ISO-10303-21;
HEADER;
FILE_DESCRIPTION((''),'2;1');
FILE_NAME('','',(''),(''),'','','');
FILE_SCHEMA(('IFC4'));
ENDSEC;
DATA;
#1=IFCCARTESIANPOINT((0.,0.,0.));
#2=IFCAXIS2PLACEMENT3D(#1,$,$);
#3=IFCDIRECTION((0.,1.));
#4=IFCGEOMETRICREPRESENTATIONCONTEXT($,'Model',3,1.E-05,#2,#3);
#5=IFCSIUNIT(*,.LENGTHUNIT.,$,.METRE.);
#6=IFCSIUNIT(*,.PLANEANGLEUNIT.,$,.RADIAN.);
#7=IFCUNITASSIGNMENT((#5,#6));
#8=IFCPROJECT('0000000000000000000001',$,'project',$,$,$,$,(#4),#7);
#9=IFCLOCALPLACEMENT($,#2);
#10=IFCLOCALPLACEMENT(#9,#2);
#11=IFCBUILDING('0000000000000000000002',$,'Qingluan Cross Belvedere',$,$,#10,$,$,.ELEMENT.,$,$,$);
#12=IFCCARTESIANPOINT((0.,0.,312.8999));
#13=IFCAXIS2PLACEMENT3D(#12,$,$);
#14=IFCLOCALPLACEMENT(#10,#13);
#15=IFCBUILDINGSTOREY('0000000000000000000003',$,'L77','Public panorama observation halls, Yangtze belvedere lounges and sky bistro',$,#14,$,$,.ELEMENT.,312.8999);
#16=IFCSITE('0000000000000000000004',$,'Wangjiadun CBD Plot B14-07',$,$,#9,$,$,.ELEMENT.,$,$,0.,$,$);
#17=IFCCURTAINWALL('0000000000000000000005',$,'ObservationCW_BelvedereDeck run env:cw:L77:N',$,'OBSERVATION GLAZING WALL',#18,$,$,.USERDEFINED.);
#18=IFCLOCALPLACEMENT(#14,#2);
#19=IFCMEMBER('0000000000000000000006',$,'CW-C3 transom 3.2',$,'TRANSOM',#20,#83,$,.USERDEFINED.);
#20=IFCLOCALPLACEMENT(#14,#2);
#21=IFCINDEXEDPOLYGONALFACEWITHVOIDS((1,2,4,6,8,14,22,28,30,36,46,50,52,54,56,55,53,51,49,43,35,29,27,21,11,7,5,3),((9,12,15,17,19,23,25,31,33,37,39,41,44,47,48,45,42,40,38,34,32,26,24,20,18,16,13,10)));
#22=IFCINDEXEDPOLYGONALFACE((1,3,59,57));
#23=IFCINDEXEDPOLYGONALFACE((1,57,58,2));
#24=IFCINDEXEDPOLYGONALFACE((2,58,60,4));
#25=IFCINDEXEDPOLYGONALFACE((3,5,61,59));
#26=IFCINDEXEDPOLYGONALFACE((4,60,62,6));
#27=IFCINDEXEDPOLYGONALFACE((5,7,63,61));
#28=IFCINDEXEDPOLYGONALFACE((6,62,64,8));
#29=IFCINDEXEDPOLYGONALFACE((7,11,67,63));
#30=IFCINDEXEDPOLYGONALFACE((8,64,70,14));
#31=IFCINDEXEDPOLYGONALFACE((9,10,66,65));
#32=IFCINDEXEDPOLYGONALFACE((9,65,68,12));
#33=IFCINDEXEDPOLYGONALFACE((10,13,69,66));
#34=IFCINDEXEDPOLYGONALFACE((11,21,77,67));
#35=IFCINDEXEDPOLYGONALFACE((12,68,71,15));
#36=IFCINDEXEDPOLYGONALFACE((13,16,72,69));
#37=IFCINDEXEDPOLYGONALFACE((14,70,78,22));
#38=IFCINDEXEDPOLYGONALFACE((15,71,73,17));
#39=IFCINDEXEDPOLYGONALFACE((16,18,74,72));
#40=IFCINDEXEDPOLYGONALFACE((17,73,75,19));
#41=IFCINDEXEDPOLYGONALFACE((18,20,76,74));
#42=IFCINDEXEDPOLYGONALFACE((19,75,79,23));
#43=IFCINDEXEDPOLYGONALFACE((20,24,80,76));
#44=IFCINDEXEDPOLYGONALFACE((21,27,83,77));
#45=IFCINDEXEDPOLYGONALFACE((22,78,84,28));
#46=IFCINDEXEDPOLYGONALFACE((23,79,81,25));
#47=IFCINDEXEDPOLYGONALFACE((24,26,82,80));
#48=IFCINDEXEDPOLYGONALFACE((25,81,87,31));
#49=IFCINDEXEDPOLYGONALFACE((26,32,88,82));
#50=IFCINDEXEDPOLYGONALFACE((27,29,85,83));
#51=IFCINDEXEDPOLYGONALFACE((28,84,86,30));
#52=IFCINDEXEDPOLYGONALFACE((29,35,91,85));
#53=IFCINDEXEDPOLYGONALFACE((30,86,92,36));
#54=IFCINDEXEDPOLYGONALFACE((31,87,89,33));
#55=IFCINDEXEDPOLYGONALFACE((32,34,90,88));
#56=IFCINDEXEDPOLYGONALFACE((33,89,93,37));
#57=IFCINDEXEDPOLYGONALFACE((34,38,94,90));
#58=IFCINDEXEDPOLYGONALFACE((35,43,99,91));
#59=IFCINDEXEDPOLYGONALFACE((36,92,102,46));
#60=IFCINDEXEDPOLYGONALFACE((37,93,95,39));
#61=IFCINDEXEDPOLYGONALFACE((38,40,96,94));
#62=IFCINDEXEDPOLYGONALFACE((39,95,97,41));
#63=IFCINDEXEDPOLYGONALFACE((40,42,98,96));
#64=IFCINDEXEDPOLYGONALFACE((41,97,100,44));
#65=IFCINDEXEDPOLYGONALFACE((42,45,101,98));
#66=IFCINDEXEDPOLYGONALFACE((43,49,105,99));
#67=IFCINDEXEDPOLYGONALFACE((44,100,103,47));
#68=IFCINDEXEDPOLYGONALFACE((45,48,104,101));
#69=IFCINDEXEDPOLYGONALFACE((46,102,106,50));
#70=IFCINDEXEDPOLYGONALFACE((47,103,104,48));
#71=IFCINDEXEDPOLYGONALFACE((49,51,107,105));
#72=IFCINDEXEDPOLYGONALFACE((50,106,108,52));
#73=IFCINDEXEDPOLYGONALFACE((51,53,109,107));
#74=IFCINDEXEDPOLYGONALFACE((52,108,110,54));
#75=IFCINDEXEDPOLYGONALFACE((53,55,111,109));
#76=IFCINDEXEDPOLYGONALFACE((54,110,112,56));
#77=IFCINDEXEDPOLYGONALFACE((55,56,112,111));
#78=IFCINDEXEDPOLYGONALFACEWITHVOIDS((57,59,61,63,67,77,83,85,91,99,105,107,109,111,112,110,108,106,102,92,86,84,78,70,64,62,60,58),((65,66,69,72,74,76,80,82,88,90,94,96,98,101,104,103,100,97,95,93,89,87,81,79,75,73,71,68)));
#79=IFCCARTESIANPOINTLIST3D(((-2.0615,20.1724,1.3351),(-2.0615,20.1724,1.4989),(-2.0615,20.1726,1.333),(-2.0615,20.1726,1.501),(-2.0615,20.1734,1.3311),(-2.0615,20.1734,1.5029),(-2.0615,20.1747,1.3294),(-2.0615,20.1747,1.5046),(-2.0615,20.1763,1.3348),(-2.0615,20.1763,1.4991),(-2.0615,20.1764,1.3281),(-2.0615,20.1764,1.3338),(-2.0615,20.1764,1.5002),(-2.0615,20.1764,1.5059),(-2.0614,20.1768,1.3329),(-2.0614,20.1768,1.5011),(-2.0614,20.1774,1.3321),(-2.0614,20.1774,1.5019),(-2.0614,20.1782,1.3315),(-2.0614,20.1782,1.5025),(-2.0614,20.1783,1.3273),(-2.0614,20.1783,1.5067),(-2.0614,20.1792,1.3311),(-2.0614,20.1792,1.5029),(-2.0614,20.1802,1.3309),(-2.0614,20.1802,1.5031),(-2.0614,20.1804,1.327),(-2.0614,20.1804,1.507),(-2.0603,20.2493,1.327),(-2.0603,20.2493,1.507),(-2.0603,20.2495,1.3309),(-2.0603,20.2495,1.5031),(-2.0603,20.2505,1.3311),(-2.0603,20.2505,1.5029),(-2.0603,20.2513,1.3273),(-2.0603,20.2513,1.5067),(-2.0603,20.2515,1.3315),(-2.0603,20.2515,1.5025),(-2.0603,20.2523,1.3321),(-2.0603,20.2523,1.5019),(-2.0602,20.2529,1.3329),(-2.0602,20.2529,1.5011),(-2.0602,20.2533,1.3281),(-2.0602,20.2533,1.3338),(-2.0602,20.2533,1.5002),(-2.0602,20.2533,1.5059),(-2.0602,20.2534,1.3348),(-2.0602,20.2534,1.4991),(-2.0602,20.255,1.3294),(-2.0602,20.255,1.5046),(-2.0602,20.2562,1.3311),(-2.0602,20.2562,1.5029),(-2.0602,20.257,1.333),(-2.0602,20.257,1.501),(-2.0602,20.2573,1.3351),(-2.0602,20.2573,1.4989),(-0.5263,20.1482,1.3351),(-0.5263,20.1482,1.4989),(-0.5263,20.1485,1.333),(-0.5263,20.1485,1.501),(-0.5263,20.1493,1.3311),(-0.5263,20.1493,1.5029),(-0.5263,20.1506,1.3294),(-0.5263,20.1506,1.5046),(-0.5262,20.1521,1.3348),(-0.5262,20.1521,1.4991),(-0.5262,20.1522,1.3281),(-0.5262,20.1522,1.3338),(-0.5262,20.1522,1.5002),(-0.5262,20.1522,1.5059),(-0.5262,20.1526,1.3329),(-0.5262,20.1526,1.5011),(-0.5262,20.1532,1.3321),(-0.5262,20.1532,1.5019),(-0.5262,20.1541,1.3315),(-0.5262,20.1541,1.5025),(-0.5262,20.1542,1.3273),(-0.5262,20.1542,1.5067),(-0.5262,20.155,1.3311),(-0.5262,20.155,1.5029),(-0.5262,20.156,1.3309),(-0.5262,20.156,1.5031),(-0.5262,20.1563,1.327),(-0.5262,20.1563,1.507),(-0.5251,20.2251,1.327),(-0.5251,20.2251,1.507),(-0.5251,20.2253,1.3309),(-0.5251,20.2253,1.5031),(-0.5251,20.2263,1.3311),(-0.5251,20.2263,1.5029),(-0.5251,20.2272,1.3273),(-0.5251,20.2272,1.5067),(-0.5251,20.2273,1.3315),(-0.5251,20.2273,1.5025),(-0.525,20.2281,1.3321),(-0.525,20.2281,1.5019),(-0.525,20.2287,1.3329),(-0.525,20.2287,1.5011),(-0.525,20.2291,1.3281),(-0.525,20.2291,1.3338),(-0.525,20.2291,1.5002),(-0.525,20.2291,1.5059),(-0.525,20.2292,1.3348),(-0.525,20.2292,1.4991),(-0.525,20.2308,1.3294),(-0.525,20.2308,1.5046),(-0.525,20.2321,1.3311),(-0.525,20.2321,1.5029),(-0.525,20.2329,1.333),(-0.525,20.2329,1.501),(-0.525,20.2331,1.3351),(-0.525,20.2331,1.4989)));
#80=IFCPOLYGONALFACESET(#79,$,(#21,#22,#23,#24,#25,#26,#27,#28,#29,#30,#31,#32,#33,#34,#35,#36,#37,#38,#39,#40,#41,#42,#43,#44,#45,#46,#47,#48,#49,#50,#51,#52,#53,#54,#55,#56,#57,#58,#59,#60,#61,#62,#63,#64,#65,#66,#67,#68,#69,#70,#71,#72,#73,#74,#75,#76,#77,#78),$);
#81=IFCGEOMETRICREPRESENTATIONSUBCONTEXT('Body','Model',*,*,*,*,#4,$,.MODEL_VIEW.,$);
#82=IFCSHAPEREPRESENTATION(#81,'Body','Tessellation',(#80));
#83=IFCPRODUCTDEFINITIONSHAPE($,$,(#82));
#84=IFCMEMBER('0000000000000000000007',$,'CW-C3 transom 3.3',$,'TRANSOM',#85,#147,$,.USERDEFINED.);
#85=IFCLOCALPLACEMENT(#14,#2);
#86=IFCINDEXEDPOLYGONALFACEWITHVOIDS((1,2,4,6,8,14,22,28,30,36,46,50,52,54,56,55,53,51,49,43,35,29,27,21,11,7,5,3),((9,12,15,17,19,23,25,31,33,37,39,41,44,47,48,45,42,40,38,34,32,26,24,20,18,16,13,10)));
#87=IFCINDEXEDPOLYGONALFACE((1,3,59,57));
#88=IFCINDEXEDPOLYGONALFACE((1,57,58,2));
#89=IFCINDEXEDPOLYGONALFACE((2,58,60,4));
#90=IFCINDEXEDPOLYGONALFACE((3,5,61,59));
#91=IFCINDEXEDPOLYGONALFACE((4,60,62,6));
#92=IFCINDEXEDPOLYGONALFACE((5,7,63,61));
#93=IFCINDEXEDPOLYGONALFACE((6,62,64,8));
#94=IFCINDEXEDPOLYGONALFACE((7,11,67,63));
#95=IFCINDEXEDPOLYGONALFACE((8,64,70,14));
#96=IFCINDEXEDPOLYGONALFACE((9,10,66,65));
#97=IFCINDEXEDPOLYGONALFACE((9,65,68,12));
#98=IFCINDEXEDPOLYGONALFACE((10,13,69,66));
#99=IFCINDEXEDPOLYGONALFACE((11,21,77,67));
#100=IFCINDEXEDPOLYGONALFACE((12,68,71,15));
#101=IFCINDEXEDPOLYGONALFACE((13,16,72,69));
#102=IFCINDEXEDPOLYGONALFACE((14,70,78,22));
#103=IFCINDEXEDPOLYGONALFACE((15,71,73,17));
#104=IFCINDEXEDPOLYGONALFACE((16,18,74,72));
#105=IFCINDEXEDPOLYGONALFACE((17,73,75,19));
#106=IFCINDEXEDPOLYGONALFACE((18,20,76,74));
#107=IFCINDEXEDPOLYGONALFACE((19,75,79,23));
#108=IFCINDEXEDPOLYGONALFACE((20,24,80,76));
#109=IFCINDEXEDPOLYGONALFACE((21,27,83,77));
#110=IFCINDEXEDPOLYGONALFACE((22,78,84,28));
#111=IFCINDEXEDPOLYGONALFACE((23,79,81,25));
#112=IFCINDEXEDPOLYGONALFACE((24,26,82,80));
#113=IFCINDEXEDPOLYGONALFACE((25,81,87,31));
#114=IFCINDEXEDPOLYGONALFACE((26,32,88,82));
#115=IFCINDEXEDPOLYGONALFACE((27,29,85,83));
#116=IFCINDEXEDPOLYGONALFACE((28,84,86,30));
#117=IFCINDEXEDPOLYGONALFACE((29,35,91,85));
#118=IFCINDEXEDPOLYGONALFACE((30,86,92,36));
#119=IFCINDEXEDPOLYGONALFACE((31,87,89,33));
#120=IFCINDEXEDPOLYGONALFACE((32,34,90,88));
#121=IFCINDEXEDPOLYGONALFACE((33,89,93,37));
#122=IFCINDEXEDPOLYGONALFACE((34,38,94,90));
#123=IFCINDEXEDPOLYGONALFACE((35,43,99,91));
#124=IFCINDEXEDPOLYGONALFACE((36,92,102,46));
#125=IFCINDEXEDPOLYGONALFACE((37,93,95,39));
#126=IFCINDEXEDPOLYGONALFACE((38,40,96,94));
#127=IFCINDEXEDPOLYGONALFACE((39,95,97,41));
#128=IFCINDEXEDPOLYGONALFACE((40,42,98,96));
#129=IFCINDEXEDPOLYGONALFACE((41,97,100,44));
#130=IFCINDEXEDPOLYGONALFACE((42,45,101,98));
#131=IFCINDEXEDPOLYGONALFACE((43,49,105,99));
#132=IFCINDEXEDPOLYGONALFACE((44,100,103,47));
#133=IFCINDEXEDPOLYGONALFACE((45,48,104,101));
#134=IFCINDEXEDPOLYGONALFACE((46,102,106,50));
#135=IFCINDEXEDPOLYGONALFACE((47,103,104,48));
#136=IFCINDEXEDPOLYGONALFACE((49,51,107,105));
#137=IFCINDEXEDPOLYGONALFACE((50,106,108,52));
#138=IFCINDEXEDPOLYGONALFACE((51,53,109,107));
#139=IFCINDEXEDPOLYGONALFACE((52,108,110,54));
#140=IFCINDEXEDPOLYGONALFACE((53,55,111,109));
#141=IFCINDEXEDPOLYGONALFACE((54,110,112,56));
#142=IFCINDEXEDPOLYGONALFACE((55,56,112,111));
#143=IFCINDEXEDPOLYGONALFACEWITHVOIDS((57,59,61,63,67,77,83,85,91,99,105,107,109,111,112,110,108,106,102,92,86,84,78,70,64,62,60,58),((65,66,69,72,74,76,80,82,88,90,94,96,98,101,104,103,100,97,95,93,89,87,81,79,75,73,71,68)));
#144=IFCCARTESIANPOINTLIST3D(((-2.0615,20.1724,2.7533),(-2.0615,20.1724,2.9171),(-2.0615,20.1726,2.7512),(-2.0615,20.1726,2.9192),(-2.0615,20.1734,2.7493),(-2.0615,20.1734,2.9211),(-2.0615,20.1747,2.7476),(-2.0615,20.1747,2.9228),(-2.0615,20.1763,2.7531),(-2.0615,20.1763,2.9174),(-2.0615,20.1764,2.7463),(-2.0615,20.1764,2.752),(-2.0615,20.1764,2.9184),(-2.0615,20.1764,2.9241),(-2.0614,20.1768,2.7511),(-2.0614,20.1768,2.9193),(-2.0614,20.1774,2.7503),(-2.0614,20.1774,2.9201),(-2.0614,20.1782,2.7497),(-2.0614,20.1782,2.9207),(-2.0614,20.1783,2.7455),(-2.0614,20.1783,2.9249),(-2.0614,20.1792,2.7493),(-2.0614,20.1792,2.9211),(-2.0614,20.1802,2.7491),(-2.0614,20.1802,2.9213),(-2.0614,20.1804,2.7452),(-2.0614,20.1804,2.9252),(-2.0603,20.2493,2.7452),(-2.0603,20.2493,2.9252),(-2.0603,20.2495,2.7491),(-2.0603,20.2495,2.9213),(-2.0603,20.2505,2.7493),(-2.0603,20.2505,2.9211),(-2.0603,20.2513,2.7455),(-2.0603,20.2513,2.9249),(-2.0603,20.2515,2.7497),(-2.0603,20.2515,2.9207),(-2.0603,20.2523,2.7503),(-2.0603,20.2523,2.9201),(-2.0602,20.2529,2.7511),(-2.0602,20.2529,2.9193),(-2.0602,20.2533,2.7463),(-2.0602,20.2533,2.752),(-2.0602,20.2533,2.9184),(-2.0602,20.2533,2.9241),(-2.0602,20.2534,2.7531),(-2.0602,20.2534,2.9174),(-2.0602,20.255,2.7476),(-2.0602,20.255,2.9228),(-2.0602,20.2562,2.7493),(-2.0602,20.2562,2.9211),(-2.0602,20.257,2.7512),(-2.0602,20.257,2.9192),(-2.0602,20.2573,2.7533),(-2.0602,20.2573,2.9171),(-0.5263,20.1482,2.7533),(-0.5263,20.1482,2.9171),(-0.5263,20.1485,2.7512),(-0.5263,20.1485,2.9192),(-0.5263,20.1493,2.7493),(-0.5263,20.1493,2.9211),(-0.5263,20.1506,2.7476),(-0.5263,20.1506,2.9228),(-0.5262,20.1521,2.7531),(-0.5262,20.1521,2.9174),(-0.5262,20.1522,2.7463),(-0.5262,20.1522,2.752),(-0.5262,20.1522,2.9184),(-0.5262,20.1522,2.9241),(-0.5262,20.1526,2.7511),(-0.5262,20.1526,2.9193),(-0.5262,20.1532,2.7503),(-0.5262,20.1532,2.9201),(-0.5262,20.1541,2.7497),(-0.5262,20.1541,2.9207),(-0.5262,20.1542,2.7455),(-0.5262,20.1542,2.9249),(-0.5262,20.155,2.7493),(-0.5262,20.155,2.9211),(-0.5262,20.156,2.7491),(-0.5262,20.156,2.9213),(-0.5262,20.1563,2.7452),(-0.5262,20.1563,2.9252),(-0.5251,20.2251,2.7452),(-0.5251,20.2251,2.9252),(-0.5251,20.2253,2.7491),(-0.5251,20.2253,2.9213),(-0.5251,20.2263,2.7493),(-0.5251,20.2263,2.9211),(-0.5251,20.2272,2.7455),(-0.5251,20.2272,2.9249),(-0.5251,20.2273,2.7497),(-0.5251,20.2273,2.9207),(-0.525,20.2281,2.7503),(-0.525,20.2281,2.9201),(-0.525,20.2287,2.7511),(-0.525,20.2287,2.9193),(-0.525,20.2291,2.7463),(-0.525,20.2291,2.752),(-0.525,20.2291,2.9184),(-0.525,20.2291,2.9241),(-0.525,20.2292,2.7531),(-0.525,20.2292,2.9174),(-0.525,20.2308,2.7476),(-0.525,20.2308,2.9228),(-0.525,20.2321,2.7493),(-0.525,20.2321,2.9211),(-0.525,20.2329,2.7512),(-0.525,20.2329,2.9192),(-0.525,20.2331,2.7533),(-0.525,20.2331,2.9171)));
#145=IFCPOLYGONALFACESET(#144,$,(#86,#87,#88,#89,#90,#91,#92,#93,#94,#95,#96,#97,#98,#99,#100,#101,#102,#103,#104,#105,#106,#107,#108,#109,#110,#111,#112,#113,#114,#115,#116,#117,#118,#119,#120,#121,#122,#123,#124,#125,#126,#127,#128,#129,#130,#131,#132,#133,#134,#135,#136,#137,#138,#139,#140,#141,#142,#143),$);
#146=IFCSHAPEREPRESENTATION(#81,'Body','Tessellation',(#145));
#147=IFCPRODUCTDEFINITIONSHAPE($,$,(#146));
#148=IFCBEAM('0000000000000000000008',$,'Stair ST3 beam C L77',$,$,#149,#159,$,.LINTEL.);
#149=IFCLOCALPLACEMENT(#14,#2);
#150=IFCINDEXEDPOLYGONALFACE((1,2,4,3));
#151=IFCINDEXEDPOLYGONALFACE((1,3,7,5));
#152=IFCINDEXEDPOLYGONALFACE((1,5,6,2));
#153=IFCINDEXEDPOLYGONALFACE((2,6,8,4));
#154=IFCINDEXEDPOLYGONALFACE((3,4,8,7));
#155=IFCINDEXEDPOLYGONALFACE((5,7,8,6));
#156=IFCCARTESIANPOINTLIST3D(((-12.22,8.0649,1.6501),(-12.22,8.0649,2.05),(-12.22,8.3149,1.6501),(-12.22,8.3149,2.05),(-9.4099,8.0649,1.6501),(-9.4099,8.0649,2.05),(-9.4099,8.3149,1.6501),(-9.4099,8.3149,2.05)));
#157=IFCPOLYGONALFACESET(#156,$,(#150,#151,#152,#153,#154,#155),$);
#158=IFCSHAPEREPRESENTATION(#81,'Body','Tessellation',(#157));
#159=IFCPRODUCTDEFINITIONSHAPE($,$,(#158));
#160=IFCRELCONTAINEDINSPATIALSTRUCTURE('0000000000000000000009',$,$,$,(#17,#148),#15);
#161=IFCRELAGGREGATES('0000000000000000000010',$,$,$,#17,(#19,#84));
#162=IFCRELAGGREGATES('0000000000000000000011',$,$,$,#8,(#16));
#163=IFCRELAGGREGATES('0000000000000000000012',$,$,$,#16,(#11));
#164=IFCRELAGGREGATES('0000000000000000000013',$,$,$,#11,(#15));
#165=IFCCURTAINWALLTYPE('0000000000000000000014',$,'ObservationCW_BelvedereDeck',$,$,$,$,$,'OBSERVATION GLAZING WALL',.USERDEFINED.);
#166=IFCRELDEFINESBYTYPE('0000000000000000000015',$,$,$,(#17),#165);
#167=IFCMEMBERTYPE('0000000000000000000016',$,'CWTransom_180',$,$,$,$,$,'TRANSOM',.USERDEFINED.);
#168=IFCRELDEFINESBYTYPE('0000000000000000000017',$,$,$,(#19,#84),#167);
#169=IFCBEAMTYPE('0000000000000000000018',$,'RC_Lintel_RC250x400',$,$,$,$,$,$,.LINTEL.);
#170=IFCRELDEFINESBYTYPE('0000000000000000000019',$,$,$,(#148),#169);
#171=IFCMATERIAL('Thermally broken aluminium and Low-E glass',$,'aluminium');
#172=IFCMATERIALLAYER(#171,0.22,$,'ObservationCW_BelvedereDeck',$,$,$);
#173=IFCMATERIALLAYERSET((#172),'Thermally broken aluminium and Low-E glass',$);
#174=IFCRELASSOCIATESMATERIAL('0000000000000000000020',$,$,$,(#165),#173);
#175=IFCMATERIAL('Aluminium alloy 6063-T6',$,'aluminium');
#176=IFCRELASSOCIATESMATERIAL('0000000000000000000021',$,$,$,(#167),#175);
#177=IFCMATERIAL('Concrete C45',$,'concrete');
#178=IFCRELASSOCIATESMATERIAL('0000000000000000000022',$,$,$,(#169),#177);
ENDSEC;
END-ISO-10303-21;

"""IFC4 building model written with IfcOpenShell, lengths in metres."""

from ifc_helpers import new_model, si_unit, direction, frame, origin, origin_2d, place, context, subcontext, project, spatial, rectangle, hollow_rectangle, extrude, material, layer, layer_set, material_profile, profile_set, type_object, element, aggregate, save


model = new_model("IFC4")

# Units and contexts
model_context = context("Model", 3, precision=1e-05, world=origin(), true_north=direction((0.0, 1.0)))
body_context = subcontext(model_context, "Body", "Model", "MODEL_VIEW")
ifc_project = project(units=[si_unit("LENGTHUNIT", "METRE"), si_unit("PLANEANGLEUNIT", "RADIAN")], contexts=[model_context])

# Site, building, storey
site_placement = place(None, origin())
site = spatial("IfcSite", under=ifc_project, at=site_placement, Name="Wangjiadun CBD Plot B14-07", CompositionType="ELEMENT", RefElevation=0.0)
building_placement = place(site_placement, origin())
building = spatial("IfcBuilding", under=site, at=building_placement, Name="Qingluan Cross Belvedere", CompositionType="ELEMENT")
storey_placement = place(building_placement, frame((0.0, 0.0, 312.8999)))
storey = spatial("IfcBuildingStorey", under=building, at=storey_placement, Name="L77", Description="Public panorama observation halls, Yangtze belvedere lounges and sky bistro", CompositionType="ELEMENT", Elevation=312.8999)

# Curtain wall, members
ifc_material_1 = material(Name="Thermally broken aluminium and Low-E glass", Category="aluminium")
ifc_layer_1 = layer(ifc_material_1, 0.22, Name="ObservationCW_BelvedereDeck")
ifc_layer_set_1 = layer_set([ifc_layer_1], Name="Thermally broken aluminium and Low-E glass")
curtain_wall_type = type_object("IfcCurtainWallType", Name="ObservationCW_BelvedereDeck", ElementType="OBSERVATION GLAZING WALL", PredefinedType="USERDEFINED", material=ifc_layer_set_1)
curtain_wall_placement = place(storey_placement, origin())
curtain_wall = element("IfcCurtainWall", 1, at=curtain_wall_placement, inside=storey, type_object=curtain_wall_type, Name="ObservationCW_BelvedereDeck run env:cw:L77:N", ObjectType="OBSERVATION GLAZING WALL", PredefinedType="USERDEFINED")
ifc_material_2 = material(Name="Aluminium alloy 6063-T6", Category="aluminium")
ifc_material_profile_1 = material_profile(ifc_material_2, hollow_rectangle(XDim=0.085, YDim=0.1799, WallThickness=0.0039, InnerFilletRadius=0.0039, OuterFilletRadius=0.0081, at=origin_2d()), Name="CWT180x85x4")
ifc_profile_set_1 = profile_set([ifc_material_profile_1], Name="Aluminium alloy 6063-T6")
member_type_1 = type_object("IfcMemberType", Name="CWTransom_180", ElementType="TRANSOM", PredefinedType="USERDEFINED", material=ifc_profile_set_1)
member_1_placement = place(storey_placement, frame((-0.5256, 20.1907, 1.417), z_axis=(-0.999876, 0.015742, 0.0), x_axis=(-0.015742, -0.999876, 0.0)))
member_1 = element("IfcMember", 2, at=member_1_placement, type_object=member_type_1, Name="CW-C3 transom 3.2", ObjectType="TRANSOM", PredefinedType="USERDEFINED", context=body_context, shape_type="SweptSolid", body=[
    extrude(hollow_rectangle(XDim=0.085, YDim=0.1799, WallThickness=0.0039, InnerFilletRadius=0.0039, OuterFilletRadius=0.0081, at=origin_2d()), origin(), (0.0, 0.0, 1.0), 1.5354),
])
member_2_placement = place(storey_placement, frame((-0.5256, 20.1907, 2.8352), z_axis=(-0.999876, 0.015742, 0.0), x_axis=(-0.015742, -0.999876, 0.0)))
member_2 = element("IfcMember", 3, at=member_2_placement, type_object=member_type_1, Name="CW-C3 transom 3.3", ObjectType="TRANSOM", PredefinedType="USERDEFINED", context=body_context, shape_type="SweptSolid", body=[
    extrude(hollow_rectangle(XDim=0.085, YDim=0.1799, WallThickness=0.0039, InnerFilletRadius=0.0039, OuterFilletRadius=0.0081, at=origin_2d()), origin(), (0.0, 0.0, 1.0), 1.5354),
])

# Beam
ifc_material_3 = material(Name="Concrete C45", Category="concrete")
ifc_material_profile_2 = material_profile(ifc_material_3, rectangle(XDim=0.25, YDim=0.3999, at=origin_2d()), Name="RC250x400")
ifc_profile_set_2 = profile_set([ifc_material_profile_2], Name="Concrete C45")
beam_type_1 = type_object("IfcBeamType", Name="RC_Lintel_RC250x400", PredefinedType="LINTEL", material=ifc_profile_set_2)
beam_1_placement = place(storey_placement, frame((-12.22, 8.1899, 1.8501), z_axis=(1.0, 0.0, 0.0), x_axis=(0.0, 1.0, 0.0)))
element("IfcBeam", 4, at=beam_1_placement, inside=storey, type_object=beam_type_1, Name="Stair ST3 beam C L77", PredefinedType="LINTEL", context=body_context, shape_type="SweptSolid", body=[
    extrude(rectangle(XDim=0.25, YDim=0.3999, at=origin_2d()), origin(), (0.0, 0.0, 1.0), 2.8101),
])

aggregate(curtain_wall, [member_1, member_2])

save(model, "model.ifc")
